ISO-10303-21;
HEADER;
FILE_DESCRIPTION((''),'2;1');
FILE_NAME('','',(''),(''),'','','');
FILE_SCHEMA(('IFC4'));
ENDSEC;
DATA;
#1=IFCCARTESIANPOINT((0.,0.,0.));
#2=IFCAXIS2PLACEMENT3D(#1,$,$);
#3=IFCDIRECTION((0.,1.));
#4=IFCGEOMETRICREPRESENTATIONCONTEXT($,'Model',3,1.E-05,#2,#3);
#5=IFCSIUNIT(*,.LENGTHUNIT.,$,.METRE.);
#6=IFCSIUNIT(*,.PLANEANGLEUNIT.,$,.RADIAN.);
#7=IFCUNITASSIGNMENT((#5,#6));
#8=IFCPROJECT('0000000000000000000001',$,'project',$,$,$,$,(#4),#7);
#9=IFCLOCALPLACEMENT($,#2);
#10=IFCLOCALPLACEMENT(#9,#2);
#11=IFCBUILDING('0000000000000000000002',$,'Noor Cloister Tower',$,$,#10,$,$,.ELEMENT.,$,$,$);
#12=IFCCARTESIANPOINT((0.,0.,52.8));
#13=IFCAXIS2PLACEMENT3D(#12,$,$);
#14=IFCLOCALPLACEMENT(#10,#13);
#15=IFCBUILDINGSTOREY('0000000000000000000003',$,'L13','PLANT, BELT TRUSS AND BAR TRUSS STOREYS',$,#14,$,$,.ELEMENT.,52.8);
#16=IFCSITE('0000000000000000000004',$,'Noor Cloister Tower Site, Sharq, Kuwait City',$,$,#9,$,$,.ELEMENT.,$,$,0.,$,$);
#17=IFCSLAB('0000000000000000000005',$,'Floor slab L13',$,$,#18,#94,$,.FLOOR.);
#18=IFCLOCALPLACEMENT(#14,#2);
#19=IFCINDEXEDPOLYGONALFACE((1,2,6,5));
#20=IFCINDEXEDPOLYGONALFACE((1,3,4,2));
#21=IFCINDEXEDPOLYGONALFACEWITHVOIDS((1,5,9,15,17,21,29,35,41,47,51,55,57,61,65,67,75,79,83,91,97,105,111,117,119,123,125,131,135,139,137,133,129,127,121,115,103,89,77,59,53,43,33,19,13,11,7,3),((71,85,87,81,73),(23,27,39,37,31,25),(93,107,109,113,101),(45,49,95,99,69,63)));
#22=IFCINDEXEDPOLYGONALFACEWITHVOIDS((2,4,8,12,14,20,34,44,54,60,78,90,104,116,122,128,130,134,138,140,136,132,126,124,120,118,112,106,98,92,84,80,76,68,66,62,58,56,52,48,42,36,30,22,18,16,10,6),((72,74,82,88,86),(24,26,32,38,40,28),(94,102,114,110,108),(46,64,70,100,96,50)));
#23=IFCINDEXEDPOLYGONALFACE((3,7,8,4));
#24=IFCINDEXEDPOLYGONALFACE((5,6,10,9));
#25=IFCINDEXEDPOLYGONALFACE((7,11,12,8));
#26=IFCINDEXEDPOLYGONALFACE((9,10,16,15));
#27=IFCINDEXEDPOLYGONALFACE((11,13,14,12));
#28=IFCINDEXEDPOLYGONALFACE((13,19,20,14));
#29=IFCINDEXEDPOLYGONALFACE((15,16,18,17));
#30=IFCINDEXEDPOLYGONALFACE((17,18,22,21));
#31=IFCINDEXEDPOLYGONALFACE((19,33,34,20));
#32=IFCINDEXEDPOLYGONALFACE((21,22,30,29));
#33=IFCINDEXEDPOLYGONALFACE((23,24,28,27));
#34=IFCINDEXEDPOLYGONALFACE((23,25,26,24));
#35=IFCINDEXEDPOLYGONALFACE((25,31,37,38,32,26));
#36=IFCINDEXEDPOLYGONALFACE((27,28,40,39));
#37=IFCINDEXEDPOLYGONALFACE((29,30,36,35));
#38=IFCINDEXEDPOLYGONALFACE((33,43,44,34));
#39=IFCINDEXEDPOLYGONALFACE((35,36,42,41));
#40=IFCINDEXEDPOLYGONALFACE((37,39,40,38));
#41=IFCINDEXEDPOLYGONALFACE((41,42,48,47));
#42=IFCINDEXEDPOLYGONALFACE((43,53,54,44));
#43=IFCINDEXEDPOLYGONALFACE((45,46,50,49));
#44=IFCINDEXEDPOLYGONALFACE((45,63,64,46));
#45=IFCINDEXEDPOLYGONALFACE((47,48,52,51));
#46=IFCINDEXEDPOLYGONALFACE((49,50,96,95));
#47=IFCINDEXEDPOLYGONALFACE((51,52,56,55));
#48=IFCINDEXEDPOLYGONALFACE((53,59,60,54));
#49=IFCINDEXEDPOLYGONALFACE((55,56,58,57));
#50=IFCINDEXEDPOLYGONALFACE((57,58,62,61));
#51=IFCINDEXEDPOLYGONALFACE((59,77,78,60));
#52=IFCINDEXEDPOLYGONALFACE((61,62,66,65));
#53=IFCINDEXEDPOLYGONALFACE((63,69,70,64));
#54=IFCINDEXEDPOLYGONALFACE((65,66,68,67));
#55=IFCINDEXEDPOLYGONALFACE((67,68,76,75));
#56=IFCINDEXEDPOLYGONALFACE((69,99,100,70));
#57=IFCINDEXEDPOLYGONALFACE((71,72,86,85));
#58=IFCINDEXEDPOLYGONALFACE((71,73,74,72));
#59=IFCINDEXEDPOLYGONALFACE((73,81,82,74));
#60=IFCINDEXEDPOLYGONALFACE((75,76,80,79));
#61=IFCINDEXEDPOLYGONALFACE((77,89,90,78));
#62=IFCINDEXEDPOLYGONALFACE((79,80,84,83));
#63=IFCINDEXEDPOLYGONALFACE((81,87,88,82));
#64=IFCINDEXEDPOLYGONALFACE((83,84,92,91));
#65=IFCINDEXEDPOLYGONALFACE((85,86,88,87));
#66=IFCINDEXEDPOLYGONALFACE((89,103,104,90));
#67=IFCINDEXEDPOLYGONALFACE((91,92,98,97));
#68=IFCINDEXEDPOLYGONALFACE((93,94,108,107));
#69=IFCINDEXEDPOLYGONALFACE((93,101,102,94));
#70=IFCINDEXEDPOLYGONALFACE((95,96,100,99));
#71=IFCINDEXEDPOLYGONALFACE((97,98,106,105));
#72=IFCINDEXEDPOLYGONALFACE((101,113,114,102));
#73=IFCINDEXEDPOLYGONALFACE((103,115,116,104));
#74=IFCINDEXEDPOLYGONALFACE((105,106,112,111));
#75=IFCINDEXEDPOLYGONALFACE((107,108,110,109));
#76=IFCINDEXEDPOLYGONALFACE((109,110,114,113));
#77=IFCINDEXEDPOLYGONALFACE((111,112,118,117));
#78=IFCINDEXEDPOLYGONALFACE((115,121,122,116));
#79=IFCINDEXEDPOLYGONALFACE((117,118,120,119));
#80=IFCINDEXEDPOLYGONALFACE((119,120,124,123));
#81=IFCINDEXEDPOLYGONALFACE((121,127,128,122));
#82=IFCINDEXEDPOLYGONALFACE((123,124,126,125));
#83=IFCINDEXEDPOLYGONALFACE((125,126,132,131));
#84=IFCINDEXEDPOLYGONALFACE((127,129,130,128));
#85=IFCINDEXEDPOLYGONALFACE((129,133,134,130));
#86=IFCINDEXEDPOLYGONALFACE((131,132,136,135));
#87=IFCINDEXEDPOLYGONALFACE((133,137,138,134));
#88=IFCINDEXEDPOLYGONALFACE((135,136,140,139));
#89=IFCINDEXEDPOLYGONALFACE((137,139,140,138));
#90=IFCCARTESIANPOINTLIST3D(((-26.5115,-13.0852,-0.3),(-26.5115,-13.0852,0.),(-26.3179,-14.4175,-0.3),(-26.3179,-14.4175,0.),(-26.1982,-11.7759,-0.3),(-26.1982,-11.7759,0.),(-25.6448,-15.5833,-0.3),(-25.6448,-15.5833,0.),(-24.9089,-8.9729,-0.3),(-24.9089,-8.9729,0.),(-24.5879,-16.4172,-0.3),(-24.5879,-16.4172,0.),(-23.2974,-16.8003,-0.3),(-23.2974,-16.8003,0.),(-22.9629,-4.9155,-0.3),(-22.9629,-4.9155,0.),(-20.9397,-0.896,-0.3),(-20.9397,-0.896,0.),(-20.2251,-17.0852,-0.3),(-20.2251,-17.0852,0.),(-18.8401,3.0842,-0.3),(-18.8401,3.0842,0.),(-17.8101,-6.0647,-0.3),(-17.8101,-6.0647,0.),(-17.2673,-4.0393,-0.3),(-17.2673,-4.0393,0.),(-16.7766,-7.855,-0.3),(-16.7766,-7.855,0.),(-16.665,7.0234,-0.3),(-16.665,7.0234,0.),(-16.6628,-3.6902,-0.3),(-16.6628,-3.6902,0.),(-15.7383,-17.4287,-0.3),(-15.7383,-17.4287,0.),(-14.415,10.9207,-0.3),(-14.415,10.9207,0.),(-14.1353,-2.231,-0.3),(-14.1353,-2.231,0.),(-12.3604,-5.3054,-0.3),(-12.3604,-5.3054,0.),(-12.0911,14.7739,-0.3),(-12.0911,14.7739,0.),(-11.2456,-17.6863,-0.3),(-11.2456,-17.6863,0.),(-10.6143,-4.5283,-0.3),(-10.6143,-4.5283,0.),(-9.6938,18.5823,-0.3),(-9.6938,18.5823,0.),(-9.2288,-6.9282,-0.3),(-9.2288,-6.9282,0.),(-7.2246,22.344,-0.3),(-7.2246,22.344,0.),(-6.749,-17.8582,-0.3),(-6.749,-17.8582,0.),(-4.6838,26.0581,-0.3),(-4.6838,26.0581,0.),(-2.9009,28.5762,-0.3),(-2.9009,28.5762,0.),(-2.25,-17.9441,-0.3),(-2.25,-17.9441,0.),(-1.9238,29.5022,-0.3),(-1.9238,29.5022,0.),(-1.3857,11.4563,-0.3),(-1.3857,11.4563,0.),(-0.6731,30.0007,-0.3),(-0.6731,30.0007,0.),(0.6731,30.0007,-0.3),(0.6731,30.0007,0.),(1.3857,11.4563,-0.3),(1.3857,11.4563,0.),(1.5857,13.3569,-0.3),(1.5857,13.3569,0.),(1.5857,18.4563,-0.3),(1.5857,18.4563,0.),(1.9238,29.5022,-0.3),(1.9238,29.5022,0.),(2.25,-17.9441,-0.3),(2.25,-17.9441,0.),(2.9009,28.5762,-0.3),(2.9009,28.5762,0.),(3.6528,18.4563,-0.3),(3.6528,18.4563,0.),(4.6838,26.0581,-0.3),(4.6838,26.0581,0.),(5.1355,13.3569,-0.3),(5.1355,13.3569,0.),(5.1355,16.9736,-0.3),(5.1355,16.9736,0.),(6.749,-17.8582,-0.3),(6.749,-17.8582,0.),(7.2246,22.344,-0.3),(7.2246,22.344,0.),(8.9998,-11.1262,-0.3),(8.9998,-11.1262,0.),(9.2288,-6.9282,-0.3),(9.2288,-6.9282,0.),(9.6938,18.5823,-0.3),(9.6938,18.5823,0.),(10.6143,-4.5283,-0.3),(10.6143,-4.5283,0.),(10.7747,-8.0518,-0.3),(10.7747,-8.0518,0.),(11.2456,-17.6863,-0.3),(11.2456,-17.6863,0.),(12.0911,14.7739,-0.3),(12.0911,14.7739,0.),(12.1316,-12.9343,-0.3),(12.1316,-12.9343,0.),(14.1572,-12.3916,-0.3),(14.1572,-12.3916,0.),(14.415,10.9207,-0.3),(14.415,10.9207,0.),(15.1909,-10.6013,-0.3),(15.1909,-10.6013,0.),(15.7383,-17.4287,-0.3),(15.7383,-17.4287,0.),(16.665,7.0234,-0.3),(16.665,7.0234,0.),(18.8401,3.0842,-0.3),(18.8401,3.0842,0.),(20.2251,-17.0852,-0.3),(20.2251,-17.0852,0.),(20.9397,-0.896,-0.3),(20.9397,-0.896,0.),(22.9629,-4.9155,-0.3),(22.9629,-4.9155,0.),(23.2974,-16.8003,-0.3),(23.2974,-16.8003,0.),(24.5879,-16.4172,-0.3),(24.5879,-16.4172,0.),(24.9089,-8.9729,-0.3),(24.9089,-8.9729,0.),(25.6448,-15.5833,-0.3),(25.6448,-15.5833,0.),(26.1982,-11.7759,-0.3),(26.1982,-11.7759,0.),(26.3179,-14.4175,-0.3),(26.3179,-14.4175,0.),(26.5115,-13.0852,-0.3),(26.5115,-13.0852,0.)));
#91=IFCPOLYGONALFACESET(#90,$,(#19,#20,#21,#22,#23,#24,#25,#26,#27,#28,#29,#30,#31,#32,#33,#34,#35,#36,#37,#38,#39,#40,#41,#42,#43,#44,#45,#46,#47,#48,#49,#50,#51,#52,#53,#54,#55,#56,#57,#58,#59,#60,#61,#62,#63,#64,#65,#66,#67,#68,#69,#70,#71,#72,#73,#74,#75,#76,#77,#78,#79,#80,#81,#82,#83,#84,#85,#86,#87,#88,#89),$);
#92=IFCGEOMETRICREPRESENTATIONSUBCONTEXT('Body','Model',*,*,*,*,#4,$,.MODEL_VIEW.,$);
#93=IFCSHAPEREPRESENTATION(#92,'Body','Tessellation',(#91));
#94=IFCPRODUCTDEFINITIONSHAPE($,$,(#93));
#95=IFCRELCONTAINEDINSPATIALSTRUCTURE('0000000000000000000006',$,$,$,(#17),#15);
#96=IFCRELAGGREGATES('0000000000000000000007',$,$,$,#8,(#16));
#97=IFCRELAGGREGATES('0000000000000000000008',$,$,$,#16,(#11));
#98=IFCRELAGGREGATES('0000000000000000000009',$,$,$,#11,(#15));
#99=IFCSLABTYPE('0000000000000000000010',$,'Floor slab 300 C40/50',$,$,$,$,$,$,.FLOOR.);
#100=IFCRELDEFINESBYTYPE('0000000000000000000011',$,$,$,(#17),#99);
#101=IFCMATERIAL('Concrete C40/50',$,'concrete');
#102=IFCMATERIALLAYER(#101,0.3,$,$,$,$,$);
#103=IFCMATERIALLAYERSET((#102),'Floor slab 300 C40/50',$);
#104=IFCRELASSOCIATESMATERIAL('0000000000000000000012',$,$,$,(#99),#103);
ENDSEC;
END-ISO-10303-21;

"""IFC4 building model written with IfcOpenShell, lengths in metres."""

from ifc_helpers import new_model, si_unit, direction, frame, origin, place, context, subcontext, project, spatial, polyline, outline, extrude, material, layer, layer_set, type_object, element, save


model = new_model("IFC4")

# Units and contexts
model_context = context("Model", 3, precision=1e-05, world=origin(), true_north=direction((0.0, 1.0)))
body_context = subcontext(model_context, "Body", "Model", "MODEL_VIEW")
ifc_project = project(units=[si_unit("LENGTHUNIT", "METRE"), si_unit("PLANEANGLEUNIT", "RADIAN")], contexts=[model_context])

# Site, building, storey
site_placement = place(None, origin())
site = spatial("IfcSite", under=ifc_project, at=site_placement, Name="Noor Cloister Tower Site, Sharq, Kuwait City", CompositionType="ELEMENT", RefElevation=0.0)
building_placement = place(site_placement, origin())
building = spatial("IfcBuilding", under=site, at=building_placement, Name="Noor Cloister Tower", CompositionType="ELEMENT")
storey_placement = place(building_placement, frame((0.0, 0.0, 52.8)))
storey = spatial("IfcBuildingStorey", under=building, at=storey_placement, Name="L13", Description="PLANT, BELT TRUSS AND BAR TRUSS STOREYS", CompositionType="ELEMENT", Elevation=52.8)

# Slab
ifc_material_1 = material(Name="Concrete C40/50", Category="concrete")
ifc_layer_1 = layer(ifc_material_1, 0.3)
ifc_layer_set_1 = layer_set([ifc_layer_1], Name="Floor slab 300 C40/50")
slab_type_1 = type_object("IfcSlabType", Name="Floor slab 300 C40/50", PredefinedType="FLOOR", material=ifc_layer_set_1)
slab_1_placement = place(storey_placement, frame((0.0, 0.0, -0.3)))
element("IfcSlab", 1, at=slab_1_placement, inside=storey, type_object=slab_type_1, Name="Floor slab L13", PredefinedType="FLOOR", context=body_context, shape_type="SweptSolid", body=[
    extrude(outline(polyline([(2.9009, 28.5762), (1.9238, 29.5022), (0.6731, 30.0007), (-0.6731, 30.0007), (-1.9238, 29.5022), (-2.9009, 28.5762), (-4.6838, 26.0581), (-7.2246, 22.344), (-9.6938, 18.5823), (-12.0911, 14.7739), (-14.415, 10.9207), (-16.665, 7.0234), (-18.8401, 3.0842), (-20.9397, -0.896), (-22.9629, -4.9155), (-24.9089, -8.9729), (-26.1982, -11.7759), (-26.5115, -13.0852), (-26.3179, -14.4175), (-25.6448, -15.5833), (-24.5879, -16.4172), (-23.2974, -16.8003), (-20.2251, -17.0852), (-15.7383, -17.4287), (-11.2456, -17.6863), (-6.749, -17.8582), (-2.25, -17.9441), (2.25, -17.9441), (6.749, -17.8582), (11.2456, -17.6863), (15.7383, -17.4287), (20.2251, -17.0852), (23.2974, -16.8003), (24.5879, -16.4172), (25.6448, -15.5833), (26.3179, -14.4175), (26.5115, -13.0852), (26.1982, -11.7759), (24.9089, -8.9729), (22.9629, -4.9155), (20.9397, -0.896), (18.8401, 3.0842), (16.665, 7.0234), (14.415, 10.9207), (12.0911, 14.7739), (9.6938, 18.5823), (7.2246, 22.344), (4.6838, 26.0581), (2.9009, 28.5762)]), holes=[polyline([(8.9998, -11.1262), (12.1316, -12.9343), (14.1572, -12.3916), (15.1909, -10.6013), (10.7747, -8.0518), (8.9998, -11.1262)]), polyline([(-17.8101, -6.0647), (-16.7766, -7.855), (-12.3604, -5.3054), (-14.1353, -2.231), (-16.6628, -3.6902), (-17.2673, -4.0393), (-17.8101, -6.0647)]), polyline([(-10.6143, -4.5283), (-9.2288, -6.9282), (9.2288, -6.9282), (10.6143, -4.5283), (1.3857, 11.4563), (-1.3857, 11.4563), (-10.6143, -4.5283)]), polyline([(3.6528, 18.4563), (1.5857, 18.4563), (1.5857, 13.3569), (5.1355, 13.3569), (5.1355, 16.9736), (3.6528, 18.4563)])]), origin(), (0.0, 0.0, 1.0), 0.3),
])

save(model, "model.ifc")
